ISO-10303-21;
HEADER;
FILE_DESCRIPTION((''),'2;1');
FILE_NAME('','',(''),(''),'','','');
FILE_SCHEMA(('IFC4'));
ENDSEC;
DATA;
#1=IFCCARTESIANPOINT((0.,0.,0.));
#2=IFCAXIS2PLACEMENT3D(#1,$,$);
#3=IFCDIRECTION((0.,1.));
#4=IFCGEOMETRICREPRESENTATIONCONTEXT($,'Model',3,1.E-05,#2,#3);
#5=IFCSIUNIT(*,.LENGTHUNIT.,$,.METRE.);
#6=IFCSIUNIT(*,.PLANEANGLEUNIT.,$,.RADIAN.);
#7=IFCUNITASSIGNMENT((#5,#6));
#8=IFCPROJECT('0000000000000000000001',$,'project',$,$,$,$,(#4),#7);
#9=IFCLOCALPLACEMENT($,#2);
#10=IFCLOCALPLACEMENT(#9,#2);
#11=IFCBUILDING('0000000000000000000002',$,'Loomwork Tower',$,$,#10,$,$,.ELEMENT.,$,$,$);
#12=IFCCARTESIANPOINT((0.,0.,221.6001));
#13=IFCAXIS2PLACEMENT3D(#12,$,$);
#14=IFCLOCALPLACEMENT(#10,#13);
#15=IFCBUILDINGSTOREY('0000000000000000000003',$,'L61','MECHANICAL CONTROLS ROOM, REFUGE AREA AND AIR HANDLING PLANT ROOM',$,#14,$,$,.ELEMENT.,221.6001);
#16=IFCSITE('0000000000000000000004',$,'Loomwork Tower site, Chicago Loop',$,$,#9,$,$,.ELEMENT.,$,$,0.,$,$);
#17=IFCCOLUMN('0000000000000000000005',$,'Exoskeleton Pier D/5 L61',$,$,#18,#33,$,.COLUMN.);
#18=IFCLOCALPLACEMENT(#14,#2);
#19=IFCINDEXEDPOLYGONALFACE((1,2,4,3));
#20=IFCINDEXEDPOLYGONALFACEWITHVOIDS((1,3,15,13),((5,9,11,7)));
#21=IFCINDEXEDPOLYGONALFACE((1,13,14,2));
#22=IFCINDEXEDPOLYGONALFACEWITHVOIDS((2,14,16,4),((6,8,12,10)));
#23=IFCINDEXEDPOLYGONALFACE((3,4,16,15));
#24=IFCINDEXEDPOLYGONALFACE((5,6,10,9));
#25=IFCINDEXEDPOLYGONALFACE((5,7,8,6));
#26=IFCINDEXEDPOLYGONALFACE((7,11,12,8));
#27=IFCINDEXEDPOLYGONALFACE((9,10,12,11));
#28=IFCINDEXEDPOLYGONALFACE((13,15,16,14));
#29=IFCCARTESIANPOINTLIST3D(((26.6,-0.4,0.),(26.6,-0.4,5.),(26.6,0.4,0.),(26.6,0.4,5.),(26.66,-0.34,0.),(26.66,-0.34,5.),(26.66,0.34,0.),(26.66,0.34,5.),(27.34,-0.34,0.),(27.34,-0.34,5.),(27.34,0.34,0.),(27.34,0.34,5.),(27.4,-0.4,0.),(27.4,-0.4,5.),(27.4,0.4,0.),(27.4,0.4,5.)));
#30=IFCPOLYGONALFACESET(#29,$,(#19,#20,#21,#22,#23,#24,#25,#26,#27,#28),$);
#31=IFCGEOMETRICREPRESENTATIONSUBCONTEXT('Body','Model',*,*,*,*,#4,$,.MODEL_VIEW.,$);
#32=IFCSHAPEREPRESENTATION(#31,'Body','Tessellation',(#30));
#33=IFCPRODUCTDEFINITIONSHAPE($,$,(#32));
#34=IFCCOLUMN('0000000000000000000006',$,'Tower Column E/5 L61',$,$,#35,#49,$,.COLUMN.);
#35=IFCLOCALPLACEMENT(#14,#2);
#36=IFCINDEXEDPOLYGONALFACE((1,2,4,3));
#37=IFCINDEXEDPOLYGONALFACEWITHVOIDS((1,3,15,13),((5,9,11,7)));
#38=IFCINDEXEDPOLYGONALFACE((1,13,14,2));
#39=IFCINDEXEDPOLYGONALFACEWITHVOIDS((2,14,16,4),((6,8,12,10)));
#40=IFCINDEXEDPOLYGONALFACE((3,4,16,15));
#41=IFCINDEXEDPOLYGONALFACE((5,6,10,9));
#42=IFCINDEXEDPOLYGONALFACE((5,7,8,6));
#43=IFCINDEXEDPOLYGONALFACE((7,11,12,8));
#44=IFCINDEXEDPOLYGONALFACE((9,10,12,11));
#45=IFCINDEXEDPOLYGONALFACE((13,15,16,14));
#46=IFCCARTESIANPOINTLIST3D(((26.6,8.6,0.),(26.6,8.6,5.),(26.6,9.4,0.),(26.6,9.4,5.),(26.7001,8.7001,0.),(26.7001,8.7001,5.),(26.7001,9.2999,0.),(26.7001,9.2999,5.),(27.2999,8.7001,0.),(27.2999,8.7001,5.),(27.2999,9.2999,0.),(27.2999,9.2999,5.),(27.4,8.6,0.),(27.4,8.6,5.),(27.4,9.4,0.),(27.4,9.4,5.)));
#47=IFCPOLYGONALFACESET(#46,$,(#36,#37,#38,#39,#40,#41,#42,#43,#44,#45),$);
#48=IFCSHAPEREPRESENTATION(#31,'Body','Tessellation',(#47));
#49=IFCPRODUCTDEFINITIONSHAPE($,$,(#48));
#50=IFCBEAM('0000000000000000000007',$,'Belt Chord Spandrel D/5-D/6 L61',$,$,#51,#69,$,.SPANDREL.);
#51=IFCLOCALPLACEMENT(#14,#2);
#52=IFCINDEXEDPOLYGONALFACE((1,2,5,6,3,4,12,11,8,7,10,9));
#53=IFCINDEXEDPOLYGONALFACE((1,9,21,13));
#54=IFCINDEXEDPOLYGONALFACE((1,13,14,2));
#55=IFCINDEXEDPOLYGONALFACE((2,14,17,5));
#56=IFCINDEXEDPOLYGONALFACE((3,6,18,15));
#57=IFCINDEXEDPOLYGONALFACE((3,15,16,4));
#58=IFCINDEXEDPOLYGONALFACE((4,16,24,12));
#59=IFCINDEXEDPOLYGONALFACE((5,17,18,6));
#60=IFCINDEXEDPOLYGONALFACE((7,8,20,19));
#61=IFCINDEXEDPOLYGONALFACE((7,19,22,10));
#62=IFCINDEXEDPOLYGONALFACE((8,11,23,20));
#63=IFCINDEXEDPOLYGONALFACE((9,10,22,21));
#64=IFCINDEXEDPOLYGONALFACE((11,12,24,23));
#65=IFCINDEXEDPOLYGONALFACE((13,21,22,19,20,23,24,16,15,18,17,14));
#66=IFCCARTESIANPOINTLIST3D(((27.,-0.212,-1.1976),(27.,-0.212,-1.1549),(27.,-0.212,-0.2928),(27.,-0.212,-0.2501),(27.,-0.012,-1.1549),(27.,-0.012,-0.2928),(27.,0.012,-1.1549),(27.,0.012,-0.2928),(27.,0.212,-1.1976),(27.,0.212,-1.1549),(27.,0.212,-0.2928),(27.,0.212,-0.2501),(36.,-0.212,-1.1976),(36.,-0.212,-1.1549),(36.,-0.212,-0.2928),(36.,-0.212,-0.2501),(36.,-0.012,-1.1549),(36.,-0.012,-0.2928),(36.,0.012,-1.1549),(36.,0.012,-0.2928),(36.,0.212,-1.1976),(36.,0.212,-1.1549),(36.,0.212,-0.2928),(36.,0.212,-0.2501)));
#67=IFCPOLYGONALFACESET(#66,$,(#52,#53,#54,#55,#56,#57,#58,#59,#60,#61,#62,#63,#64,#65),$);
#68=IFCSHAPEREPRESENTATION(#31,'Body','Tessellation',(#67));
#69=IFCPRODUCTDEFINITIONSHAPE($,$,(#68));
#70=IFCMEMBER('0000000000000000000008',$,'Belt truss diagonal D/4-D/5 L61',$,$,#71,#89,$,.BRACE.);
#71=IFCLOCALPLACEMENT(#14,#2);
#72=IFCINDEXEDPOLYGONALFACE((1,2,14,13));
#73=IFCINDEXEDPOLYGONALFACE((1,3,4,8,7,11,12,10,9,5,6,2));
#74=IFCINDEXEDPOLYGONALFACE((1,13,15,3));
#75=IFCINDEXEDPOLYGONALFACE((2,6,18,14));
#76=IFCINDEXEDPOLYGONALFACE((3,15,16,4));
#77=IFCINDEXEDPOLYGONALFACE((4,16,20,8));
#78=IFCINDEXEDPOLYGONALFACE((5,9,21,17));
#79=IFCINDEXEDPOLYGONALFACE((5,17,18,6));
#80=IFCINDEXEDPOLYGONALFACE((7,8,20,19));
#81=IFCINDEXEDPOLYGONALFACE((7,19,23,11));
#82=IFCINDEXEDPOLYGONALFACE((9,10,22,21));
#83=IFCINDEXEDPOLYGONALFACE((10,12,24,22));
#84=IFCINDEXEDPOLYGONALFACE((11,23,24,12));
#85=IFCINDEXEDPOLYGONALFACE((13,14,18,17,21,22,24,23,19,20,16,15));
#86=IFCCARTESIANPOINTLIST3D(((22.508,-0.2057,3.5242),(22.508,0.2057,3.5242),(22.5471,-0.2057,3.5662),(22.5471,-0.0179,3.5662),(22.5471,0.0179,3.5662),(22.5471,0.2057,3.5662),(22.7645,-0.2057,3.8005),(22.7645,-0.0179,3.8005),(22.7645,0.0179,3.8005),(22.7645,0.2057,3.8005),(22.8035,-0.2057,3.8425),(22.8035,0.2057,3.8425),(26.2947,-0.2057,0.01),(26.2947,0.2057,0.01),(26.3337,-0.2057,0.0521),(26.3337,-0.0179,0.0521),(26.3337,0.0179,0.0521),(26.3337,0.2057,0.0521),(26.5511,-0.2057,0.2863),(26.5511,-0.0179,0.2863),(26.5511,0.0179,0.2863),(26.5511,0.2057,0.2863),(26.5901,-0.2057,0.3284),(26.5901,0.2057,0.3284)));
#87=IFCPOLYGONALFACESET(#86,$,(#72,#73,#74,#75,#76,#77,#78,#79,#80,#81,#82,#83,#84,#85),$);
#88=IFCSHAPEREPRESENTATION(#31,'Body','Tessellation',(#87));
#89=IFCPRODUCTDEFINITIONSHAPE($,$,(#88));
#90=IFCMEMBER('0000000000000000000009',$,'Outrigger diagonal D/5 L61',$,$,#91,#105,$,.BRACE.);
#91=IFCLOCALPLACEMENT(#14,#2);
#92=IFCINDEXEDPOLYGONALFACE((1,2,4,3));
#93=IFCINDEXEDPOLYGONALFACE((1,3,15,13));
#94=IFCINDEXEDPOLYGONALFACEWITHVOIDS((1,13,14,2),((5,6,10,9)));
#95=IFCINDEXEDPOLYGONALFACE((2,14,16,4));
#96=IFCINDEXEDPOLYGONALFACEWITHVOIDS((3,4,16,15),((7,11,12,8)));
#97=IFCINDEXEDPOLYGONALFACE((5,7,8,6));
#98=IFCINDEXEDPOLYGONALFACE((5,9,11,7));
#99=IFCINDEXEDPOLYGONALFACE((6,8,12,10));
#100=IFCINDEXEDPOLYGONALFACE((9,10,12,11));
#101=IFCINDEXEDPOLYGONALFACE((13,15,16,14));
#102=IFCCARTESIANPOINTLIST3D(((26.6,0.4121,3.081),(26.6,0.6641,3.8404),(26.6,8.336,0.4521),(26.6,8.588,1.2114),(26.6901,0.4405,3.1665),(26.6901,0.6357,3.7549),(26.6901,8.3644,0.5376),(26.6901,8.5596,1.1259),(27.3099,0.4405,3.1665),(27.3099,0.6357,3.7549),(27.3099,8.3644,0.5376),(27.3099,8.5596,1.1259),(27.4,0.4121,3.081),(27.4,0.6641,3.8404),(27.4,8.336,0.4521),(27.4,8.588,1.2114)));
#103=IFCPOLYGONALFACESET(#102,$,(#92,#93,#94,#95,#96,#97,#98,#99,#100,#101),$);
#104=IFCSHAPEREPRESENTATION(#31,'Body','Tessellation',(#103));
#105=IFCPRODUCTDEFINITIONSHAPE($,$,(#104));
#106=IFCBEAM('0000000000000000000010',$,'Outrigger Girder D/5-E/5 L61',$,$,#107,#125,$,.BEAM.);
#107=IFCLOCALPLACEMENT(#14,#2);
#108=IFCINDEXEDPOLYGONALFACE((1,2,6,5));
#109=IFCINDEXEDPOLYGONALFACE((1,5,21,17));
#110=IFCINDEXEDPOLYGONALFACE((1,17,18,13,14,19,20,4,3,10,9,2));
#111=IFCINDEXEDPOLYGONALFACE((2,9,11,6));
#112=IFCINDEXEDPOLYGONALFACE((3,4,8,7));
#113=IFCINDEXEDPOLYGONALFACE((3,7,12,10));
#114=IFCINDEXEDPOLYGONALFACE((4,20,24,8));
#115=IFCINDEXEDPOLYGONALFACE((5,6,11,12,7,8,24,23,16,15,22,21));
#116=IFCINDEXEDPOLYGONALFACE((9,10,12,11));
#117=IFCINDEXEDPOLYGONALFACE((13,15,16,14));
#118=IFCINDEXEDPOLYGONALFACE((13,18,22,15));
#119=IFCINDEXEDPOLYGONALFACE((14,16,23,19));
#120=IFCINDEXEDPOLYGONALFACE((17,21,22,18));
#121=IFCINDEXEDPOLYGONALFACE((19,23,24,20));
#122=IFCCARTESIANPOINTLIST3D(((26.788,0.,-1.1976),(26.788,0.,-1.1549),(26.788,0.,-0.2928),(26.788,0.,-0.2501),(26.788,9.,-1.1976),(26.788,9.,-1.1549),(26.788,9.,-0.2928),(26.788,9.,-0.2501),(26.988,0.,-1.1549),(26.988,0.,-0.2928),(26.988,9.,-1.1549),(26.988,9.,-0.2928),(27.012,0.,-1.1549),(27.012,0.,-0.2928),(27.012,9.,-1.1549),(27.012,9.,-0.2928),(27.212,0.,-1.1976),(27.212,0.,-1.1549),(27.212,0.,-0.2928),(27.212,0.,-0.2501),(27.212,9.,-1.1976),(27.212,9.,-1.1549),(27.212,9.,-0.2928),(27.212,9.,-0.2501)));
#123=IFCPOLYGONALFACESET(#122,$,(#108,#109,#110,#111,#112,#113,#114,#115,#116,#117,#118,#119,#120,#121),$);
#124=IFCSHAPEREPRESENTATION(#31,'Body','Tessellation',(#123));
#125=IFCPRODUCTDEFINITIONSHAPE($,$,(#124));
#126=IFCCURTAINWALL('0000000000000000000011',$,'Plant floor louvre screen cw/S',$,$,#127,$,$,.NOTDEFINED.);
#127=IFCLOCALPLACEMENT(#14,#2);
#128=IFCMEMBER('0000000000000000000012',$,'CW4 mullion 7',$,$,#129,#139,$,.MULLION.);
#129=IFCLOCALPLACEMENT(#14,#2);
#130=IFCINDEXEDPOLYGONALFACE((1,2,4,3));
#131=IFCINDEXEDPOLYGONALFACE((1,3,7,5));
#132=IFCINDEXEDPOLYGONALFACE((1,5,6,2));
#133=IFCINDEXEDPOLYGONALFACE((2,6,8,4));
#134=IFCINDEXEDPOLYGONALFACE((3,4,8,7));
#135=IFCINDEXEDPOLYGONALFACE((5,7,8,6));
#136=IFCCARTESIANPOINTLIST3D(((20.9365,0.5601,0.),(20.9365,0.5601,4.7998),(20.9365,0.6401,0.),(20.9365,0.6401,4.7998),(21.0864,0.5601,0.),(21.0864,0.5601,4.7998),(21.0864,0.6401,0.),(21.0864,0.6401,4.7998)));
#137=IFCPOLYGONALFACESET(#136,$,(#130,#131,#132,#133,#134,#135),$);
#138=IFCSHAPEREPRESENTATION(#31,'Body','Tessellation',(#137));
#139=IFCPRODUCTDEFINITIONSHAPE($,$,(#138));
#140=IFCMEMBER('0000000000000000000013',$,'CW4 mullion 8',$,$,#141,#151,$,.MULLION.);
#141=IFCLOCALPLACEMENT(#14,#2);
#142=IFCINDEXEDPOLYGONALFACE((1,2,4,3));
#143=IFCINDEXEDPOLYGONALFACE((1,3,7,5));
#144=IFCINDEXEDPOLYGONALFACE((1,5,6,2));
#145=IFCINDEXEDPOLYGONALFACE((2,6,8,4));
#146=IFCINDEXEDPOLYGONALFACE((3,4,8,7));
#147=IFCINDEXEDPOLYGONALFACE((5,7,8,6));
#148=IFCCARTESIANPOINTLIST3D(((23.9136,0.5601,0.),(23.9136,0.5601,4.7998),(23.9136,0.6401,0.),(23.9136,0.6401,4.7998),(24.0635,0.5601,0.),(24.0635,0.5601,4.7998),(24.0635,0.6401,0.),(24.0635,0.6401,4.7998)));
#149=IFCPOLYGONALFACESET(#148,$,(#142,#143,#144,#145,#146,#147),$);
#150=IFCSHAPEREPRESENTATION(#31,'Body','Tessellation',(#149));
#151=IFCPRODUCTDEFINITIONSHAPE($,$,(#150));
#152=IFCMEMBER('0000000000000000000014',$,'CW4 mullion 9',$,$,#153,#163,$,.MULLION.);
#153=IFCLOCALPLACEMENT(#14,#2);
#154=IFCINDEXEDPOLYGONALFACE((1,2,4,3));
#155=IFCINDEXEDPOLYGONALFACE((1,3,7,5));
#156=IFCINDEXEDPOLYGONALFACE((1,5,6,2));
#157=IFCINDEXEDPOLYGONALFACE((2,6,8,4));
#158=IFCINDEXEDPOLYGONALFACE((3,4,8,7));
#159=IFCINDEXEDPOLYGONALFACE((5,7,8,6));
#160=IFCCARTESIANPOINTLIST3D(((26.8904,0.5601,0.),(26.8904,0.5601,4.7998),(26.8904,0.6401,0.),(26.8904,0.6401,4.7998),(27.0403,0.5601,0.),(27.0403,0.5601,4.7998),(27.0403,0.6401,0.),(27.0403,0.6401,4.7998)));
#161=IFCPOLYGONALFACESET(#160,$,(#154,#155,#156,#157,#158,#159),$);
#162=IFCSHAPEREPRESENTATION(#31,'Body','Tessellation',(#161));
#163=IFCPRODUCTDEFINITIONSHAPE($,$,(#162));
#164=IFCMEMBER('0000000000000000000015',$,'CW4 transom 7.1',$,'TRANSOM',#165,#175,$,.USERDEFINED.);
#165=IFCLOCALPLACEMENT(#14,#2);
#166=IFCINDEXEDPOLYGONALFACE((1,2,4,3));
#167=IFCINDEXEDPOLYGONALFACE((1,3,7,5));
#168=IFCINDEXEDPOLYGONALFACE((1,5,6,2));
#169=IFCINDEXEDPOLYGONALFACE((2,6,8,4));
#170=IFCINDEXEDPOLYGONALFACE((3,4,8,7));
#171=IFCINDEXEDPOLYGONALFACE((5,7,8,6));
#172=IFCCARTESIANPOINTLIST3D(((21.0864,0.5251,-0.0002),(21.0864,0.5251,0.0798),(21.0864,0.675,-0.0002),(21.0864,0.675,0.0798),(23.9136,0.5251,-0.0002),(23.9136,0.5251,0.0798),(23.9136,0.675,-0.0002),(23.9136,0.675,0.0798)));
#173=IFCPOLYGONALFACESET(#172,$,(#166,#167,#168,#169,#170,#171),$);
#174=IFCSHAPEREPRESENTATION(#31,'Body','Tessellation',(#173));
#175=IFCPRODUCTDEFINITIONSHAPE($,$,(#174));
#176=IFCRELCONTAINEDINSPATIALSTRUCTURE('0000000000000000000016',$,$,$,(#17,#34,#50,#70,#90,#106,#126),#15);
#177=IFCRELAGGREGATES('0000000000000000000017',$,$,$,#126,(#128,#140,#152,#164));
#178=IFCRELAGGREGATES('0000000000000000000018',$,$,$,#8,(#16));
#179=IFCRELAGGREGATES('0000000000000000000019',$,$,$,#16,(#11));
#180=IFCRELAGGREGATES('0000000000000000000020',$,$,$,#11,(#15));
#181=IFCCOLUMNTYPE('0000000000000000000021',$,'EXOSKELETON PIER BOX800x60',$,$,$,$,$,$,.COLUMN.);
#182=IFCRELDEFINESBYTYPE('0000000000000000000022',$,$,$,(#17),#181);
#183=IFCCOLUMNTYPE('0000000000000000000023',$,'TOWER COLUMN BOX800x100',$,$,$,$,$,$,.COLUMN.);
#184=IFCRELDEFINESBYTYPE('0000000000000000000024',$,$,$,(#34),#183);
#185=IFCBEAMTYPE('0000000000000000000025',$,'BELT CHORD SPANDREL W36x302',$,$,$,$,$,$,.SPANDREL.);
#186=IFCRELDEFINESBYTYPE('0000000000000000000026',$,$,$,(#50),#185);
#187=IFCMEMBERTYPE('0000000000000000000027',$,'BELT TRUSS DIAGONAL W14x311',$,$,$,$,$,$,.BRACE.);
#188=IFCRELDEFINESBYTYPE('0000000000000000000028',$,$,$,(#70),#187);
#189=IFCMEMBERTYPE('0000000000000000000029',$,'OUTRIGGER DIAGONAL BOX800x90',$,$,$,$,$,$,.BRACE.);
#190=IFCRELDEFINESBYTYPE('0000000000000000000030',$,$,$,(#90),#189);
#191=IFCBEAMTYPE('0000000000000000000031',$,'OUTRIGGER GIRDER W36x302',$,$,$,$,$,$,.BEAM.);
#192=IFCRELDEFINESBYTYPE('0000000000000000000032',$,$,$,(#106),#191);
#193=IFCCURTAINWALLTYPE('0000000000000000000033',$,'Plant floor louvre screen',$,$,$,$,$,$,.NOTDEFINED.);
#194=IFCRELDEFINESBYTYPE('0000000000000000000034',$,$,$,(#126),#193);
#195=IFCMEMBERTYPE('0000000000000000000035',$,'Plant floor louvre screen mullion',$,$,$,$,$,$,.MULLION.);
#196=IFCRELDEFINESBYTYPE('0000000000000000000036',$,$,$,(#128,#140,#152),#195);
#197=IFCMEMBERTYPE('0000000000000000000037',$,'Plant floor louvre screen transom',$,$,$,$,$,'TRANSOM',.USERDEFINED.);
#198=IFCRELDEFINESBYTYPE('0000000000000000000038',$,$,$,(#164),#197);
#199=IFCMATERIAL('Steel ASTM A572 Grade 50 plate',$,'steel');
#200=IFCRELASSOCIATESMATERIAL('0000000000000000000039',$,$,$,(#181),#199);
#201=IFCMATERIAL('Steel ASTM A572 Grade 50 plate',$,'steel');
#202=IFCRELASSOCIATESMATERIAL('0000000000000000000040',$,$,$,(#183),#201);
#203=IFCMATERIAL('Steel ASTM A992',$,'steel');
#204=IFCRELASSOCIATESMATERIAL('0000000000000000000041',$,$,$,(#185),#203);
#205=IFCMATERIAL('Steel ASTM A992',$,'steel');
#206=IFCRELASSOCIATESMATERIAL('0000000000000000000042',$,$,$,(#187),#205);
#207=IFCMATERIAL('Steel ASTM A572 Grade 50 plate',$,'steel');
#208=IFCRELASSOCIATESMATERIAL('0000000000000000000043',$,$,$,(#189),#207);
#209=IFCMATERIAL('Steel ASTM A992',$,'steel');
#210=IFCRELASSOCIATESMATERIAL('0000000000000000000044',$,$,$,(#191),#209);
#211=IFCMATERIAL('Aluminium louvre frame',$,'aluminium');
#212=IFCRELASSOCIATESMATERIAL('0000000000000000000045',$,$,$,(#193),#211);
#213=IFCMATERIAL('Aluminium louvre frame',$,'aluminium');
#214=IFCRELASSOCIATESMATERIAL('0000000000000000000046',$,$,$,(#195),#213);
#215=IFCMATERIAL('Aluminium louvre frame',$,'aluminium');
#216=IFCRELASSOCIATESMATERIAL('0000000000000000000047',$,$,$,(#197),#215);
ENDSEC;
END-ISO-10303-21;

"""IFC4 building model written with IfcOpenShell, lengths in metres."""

from ifc_helpers import new_model, si_unit, direction, frame, origin, origin_2d, place, context, subcontext, project, spatial, rectangle, hollow_rectangle, i_section, extrude, material, material_profile, profile_set, type_object, element, aggregate, save


model = new_model("IFC4")

# Units and contexts
model_context = context("Model", 3, precision=1e-05, world=origin(), true_north=direction((0.0, 1.0)))
body_context = subcontext(model_context, "Body", "Model", "MODEL_VIEW")
ifc_project = project(units=[si_unit("LENGTHUNIT", "METRE"), si_unit("PLANEANGLEUNIT", "RADIAN")], contexts=[model_context])

# Site, building, storey
site_placement = place(None, origin())
site = spatial("IfcSite", under=ifc_project, at=site_placement, Name="Loomwork Tower site, Chicago Loop", CompositionType="ELEMENT", RefElevation=0.0)
building_placement = place(site_placement, origin())
building = spatial("IfcBuilding", under=site, at=building_placement, Name="Loomwork Tower", CompositionType="ELEMENT")
storey_placement = place(building_placement, frame((0.0, 0.0, 221.6001)))
storey = spatial("IfcBuildingStorey", under=building, at=storey_placement, Name="L61", Description="MECHANICAL CONTROLS ROOM, REFUGE AREA AND AIR HANDLING PLANT ROOM", CompositionType="ELEMENT", Elevation=221.6001)

# Columns
ifc_material_1 = material(Name="Steel ASTM A572 Grade 50 plate", Category="steel")
ifc_material_profile_1 = material_profile(ifc_material_1, hollow_rectangle(XDim=0.8, YDim=0.8, WallThickness=0.0601, at=origin_2d()), Name="BOX800x60")
ifc_profile_set_1 = profile_set([ifc_material_profile_1], Name="Steel ASTM A572 Grade 50 plate")
column_type_1 = type_object("IfcColumnType", Name="EXOSKELETON PIER BOX800x60", PredefinedType="COLUMN", material=ifc_profile_set_1)
column_1_placement = place(storey_placement, frame((27.0, 0.0, 0.0), z_axis=(0.0, 0.0, 1.0), x_axis=(1.0, 0.0, 0.0)))
element("IfcColumn", 1, at=column_1_placement, inside=storey, type_object=column_type_1, Name="Exoskeleton Pier D/5 L61", PredefinedType="COLUMN", context=body_context, shape_type="SweptSolid", body=[
    extrude(hollow_rectangle(XDim=0.8, YDim=0.8, WallThickness=0.0601, at=origin_2d()), origin(), (0.0, 0.0, 1.0), 5.0),
])
ifc_material_2 = material(Name="Steel ASTM A572 Grade 50 plate", Category="steel")
ifc_material_profile_2 = material_profile(ifc_material_2, hollow_rectangle(XDim=0.8, YDim=0.8, WallThickness=0.1001, at=origin_2d()), Name="BOX800x100")
ifc_profile_set_2 = profile_set([ifc_material_profile_2], Name="Steel ASTM A572 Grade 50 plate")
column_type_2 = type_object("IfcColumnType", Name="TOWER COLUMN BOX800x100", PredefinedType="COLUMN", material=ifc_profile_set_2)
column_2_placement = place(storey_placement, frame((27.0, 9.0, 0.0), z_axis=(0.0, 0.0, 1.0), x_axis=(1.0, 0.0, 0.0)))
element("IfcColumn", 2, at=column_2_placement, inside=storey, type_object=column_type_2, Name="Tower Column E/5 L61", PredefinedType="COLUMN", context=body_context, shape_type="SweptSolid", body=[
    extrude(hollow_rectangle(XDim=0.8, YDim=0.8, WallThickness=0.1001, at=origin_2d()), origin(), (0.0, 0.0, 1.0), 5.0),
])

# Beam
ifc_material_3 = material(Name="Steel ASTM A992", Category="steel")
ifc_material_profile_3 = material_profile(ifc_material_3, i_section(OverallWidth=0.4241, OverallDepth=0.9475, WebThickness=0.0239, FlangeThickness=0.0427, at=origin_2d()), Name="W36x302")
ifc_profile_set_3 = profile_set([ifc_material_profile_3], Name="Steel ASTM A992")
beam_type_1 = type_object("IfcBeamType", Name="BELT CHORD SPANDREL W36x302", PredefinedType="SPANDREL", material=ifc_profile_set_3)
beam_1_placement = place(storey_placement, frame((27.0, 0.0, -0.7239), z_axis=(1.0, 0.0, 0.0), x_axis=(0.0, 1.0, 0.0)))
element("IfcBeam", 3, at=beam_1_placement, inside=storey, type_object=beam_type_1, Name="Belt Chord Spandrel D/5-D/6 L61", PredefinedType="SPANDREL", context=body_context, shape_type="SweptSolid", body=[
    extrude(i_section(OverallWidth=0.4241, OverallDepth=0.9475, WebThickness=0.0239, FlangeThickness=0.0427, at=origin_2d()), origin(), (0.0, 0.0, 1.0), 9.0),
])

# Members
ifc_material_4 = material(Name="Steel ASTM A992", Category="steel")
ifc_material_profile_4 = material_profile(ifc_material_4, i_section(OverallWidth=0.4114, OverallDepth=0.4343, WebThickness=0.0359, FlangeThickness=0.0574, at=origin_2d()), Name="W14x311")
ifc_profile_set_4 = profile_set([ifc_material_profile_4], Name="Steel ASTM A992")
member_type_1 = type_object("IfcMemberType", Name="BELT TRUSS DIAGONAL W14x311", PredefinedType="BRACE", material=ifc_profile_set_4)
member_1_placement = place(storey_placement, frame((26.4424, 0.0, 0.1692), z_axis=(-0.732985, 0.0, 0.680244), x_axis=(0.0, -1.0, 0.0)))
element("IfcMember", 4, at=member_1_placement, inside=storey, type_object=member_type_1, Name="Belt truss diagonal D/4-D/5 L61", PredefinedType="BRACE", context=body_context, shape_type="SweptSolid", body=[
    extrude(i_section(OverallWidth=0.4114, OverallDepth=0.4343, WebThickness=0.0359, FlangeThickness=0.0574, at=origin_2d()), origin(), (0.0, 0.0, 1.0), 5.166),
])
ifc_material_5 = material(Name="Steel ASTM A572 Grade 50 plate", Category="steel")
ifc_material_profile_5 = material_profile(ifc_material_5, hollow_rectangle(XDim=0.8, YDim=0.8, WallThickness=0.0901, at=origin_2d()), Name="BOX800x90")
ifc_profile_set_5 = profile_set([ifc_material_profile_5], Name="Steel ASTM A572 Grade 50 plate")
member_type_2 = type_object("IfcMemberType", Name="OUTRIGGER DIAGONAL BOX800x90", PredefinedType="BRACE", material=ifc_profile_set_5)
member_2_placement = place(storey_placement, frame((27.0, 0.5381, 3.4607), z_axis=(0.0, 0.949127, -0.314894), x_axis=(-1.0, 0.0, 0.0)))
element("IfcMember", 5, at=member_2_placement, inside=storey, type_object=member_type_2, Name="Outrigger diagonal D/5 L61", PredefinedType="BRACE", context=body_context, shape_type="SweptSolid", body=[
    extrude(hollow_rectangle(XDim=0.8, YDim=0.8, WallThickness=0.0901, at=origin_2d()), origin(), (0.0, 0.0, 1.0), 8.3486),
])

# Beam
ifc_material_6 = material(Name="Steel ASTM A992", Category="steel")
ifc_material_profile_6 = material_profile(ifc_material_6, i_section(OverallWidth=0.4241, OverallDepth=0.9475, WebThickness=0.0239, FlangeThickness=0.0427, at=origin_2d()), Name="W36x302")
ifc_profile_set_6 = profile_set([ifc_material_profile_6], Name="Steel ASTM A992")
beam_type_2 = type_object("IfcBeamType", Name="OUTRIGGER GIRDER W36x302", PredefinedType="BEAM", material=ifc_profile_set_6)
beam_2_placement = place(storey_placement, frame((27.0, 0.0, -0.7239), z_axis=(0.0, 1.0, 0.0), x_axis=(-1.0, 0.0, 0.0)))
element("IfcBeam", 6, at=beam_2_placement, inside=storey, type_object=beam_type_2, Name="Outrigger Girder D/5-E/5 L61", PredefinedType="BEAM", context=body_context, shape_type="SweptSolid", body=[
    extrude(i_section(OverallWidth=0.4241, OverallDepth=0.9475, WebThickness=0.0239, FlangeThickness=0.0427, at=origin_2d()), origin(), (0.0, 0.0, 1.0), 9.0),
])

# Curtain wall, members
ifc_material_7 = material(Name="Aluminium louvre frame", Category="aluminium")
curtain_wall_type = type_object("IfcCurtainWallType", Name="Plant floor louvre screen", PredefinedType="NOTDEFINED", material=ifc_material_7)
curtain_wall_placement = place(storey_placement, origin())
curtain_wall = element("IfcCurtainWall", 7, at=curtain_wall_placement, inside=storey, type_object=curtain_wall_type, Name="Plant floor louvre screen cw/S", PredefinedType="NOTDEFINED")
ifc_material_8 = material(Name="Aluminium louvre frame", Category="aluminium")
ifc_material_profile_7 = material_profile(ifc_material_8, rectangle(XDim=0.0801, YDim=0.1499, at=origin_2d()), Name="AL 80x150")
ifc_profile_set_7 = profile_set([ifc_material_profile_7], Name="Aluminium louvre frame")
member_type_3 = type_object("IfcMemberType", Name="Plant floor louvre screen mullion", PredefinedType="MULLION", material=ifc_profile_set_7)
member_3_placement = place(storey_placement, frame((21.0115, 0.6001, 0.0), z_axis=(0.0, 0.0, 1.0), x_axis=(0.0, 1.0, 0.0)))
member_3 = element("IfcMember", 8, at=member_3_placement, type_object=member_type_3, Name="CW4 mullion 7", PredefinedType="MULLION", context=body_context, shape_type="SweptSolid", body=[
    extrude(rectangle(XDim=0.0801, YDim=0.1499, at=origin_2d()), origin(), (0.0, 0.0, 1.0), 4.7998),
])
member_4_placement = place(storey_placement, frame((23.9885, 0.6001, 0.0), z_axis=(0.0, 0.0, 1.0), x_axis=(0.0, 1.0, 0.0)))
member_4 = element("IfcMember", 9, at=member_4_placement, type_object=member_type_3, Name="CW4 mullion 8", PredefinedType="MULLION", context=body_context, shape_type="SweptSolid", body=[
    extrude(rectangle(XDim=0.0801, YDim=0.1499, at=origin_2d()), origin(), (0.0, 0.0, 1.0), 4.7998),
])
member_5_placement = place(storey_placement, frame((26.9653, 0.6001, 0.0), z_axis=(0.0, 0.0, 1.0), x_axis=(0.0, 1.0, 0.0)))
member_5 = element("IfcMember", 10, at=member_5_placement, type_object=member_type_3, Name="CW4 mullion 9", PredefinedType="MULLION", context=body_context, shape_type="SweptSolid", body=[
    extrude(rectangle(XDim=0.0801, YDim=0.1499, at=origin_2d()), origin(), (0.0, 0.0, 1.0), 4.7998),
])
ifc_material_9 = material(Name="Aluminium louvre frame", Category="aluminium")
ifc_material_profile_8 = material_profile(ifc_material_9, rectangle(XDim=0.1499, YDim=0.0801, at=origin_2d()), Name="AL 80x150")
ifc_profile_set_8 = profile_set([ifc_material_profile_8], Name="Aluminium louvre frame")
member_type_4 = type_object("IfcMemberType", Name="Plant floor louvre screen transom", ElementType="TRANSOM", PredefinedType="USERDEFINED", material=ifc_profile_set_8)
member_6_placement = place(storey_placement, frame((21.0864, 0.6001, 0.0398), z_axis=(1.0, 0.0, 0.0), x_axis=(0.0, 1.0, 0.0)))
member_6 = element("IfcMember", 11, at=member_6_placement, type_object=member_type_4, Name="CW4 transom 7.1", ObjectType="TRANSOM", PredefinedType="USERDEFINED", context=body_context, shape_type="SweptSolid", body=[
    extrude(rectangle(XDim=0.1499, YDim=0.0801, at=origin_2d()), origin(), (0.0, 0.0, 1.0), 2.8271),
])

aggregate(curtain_wall, [member_3, member_4, member_5, member_6])

save(model, "model.ifc")
